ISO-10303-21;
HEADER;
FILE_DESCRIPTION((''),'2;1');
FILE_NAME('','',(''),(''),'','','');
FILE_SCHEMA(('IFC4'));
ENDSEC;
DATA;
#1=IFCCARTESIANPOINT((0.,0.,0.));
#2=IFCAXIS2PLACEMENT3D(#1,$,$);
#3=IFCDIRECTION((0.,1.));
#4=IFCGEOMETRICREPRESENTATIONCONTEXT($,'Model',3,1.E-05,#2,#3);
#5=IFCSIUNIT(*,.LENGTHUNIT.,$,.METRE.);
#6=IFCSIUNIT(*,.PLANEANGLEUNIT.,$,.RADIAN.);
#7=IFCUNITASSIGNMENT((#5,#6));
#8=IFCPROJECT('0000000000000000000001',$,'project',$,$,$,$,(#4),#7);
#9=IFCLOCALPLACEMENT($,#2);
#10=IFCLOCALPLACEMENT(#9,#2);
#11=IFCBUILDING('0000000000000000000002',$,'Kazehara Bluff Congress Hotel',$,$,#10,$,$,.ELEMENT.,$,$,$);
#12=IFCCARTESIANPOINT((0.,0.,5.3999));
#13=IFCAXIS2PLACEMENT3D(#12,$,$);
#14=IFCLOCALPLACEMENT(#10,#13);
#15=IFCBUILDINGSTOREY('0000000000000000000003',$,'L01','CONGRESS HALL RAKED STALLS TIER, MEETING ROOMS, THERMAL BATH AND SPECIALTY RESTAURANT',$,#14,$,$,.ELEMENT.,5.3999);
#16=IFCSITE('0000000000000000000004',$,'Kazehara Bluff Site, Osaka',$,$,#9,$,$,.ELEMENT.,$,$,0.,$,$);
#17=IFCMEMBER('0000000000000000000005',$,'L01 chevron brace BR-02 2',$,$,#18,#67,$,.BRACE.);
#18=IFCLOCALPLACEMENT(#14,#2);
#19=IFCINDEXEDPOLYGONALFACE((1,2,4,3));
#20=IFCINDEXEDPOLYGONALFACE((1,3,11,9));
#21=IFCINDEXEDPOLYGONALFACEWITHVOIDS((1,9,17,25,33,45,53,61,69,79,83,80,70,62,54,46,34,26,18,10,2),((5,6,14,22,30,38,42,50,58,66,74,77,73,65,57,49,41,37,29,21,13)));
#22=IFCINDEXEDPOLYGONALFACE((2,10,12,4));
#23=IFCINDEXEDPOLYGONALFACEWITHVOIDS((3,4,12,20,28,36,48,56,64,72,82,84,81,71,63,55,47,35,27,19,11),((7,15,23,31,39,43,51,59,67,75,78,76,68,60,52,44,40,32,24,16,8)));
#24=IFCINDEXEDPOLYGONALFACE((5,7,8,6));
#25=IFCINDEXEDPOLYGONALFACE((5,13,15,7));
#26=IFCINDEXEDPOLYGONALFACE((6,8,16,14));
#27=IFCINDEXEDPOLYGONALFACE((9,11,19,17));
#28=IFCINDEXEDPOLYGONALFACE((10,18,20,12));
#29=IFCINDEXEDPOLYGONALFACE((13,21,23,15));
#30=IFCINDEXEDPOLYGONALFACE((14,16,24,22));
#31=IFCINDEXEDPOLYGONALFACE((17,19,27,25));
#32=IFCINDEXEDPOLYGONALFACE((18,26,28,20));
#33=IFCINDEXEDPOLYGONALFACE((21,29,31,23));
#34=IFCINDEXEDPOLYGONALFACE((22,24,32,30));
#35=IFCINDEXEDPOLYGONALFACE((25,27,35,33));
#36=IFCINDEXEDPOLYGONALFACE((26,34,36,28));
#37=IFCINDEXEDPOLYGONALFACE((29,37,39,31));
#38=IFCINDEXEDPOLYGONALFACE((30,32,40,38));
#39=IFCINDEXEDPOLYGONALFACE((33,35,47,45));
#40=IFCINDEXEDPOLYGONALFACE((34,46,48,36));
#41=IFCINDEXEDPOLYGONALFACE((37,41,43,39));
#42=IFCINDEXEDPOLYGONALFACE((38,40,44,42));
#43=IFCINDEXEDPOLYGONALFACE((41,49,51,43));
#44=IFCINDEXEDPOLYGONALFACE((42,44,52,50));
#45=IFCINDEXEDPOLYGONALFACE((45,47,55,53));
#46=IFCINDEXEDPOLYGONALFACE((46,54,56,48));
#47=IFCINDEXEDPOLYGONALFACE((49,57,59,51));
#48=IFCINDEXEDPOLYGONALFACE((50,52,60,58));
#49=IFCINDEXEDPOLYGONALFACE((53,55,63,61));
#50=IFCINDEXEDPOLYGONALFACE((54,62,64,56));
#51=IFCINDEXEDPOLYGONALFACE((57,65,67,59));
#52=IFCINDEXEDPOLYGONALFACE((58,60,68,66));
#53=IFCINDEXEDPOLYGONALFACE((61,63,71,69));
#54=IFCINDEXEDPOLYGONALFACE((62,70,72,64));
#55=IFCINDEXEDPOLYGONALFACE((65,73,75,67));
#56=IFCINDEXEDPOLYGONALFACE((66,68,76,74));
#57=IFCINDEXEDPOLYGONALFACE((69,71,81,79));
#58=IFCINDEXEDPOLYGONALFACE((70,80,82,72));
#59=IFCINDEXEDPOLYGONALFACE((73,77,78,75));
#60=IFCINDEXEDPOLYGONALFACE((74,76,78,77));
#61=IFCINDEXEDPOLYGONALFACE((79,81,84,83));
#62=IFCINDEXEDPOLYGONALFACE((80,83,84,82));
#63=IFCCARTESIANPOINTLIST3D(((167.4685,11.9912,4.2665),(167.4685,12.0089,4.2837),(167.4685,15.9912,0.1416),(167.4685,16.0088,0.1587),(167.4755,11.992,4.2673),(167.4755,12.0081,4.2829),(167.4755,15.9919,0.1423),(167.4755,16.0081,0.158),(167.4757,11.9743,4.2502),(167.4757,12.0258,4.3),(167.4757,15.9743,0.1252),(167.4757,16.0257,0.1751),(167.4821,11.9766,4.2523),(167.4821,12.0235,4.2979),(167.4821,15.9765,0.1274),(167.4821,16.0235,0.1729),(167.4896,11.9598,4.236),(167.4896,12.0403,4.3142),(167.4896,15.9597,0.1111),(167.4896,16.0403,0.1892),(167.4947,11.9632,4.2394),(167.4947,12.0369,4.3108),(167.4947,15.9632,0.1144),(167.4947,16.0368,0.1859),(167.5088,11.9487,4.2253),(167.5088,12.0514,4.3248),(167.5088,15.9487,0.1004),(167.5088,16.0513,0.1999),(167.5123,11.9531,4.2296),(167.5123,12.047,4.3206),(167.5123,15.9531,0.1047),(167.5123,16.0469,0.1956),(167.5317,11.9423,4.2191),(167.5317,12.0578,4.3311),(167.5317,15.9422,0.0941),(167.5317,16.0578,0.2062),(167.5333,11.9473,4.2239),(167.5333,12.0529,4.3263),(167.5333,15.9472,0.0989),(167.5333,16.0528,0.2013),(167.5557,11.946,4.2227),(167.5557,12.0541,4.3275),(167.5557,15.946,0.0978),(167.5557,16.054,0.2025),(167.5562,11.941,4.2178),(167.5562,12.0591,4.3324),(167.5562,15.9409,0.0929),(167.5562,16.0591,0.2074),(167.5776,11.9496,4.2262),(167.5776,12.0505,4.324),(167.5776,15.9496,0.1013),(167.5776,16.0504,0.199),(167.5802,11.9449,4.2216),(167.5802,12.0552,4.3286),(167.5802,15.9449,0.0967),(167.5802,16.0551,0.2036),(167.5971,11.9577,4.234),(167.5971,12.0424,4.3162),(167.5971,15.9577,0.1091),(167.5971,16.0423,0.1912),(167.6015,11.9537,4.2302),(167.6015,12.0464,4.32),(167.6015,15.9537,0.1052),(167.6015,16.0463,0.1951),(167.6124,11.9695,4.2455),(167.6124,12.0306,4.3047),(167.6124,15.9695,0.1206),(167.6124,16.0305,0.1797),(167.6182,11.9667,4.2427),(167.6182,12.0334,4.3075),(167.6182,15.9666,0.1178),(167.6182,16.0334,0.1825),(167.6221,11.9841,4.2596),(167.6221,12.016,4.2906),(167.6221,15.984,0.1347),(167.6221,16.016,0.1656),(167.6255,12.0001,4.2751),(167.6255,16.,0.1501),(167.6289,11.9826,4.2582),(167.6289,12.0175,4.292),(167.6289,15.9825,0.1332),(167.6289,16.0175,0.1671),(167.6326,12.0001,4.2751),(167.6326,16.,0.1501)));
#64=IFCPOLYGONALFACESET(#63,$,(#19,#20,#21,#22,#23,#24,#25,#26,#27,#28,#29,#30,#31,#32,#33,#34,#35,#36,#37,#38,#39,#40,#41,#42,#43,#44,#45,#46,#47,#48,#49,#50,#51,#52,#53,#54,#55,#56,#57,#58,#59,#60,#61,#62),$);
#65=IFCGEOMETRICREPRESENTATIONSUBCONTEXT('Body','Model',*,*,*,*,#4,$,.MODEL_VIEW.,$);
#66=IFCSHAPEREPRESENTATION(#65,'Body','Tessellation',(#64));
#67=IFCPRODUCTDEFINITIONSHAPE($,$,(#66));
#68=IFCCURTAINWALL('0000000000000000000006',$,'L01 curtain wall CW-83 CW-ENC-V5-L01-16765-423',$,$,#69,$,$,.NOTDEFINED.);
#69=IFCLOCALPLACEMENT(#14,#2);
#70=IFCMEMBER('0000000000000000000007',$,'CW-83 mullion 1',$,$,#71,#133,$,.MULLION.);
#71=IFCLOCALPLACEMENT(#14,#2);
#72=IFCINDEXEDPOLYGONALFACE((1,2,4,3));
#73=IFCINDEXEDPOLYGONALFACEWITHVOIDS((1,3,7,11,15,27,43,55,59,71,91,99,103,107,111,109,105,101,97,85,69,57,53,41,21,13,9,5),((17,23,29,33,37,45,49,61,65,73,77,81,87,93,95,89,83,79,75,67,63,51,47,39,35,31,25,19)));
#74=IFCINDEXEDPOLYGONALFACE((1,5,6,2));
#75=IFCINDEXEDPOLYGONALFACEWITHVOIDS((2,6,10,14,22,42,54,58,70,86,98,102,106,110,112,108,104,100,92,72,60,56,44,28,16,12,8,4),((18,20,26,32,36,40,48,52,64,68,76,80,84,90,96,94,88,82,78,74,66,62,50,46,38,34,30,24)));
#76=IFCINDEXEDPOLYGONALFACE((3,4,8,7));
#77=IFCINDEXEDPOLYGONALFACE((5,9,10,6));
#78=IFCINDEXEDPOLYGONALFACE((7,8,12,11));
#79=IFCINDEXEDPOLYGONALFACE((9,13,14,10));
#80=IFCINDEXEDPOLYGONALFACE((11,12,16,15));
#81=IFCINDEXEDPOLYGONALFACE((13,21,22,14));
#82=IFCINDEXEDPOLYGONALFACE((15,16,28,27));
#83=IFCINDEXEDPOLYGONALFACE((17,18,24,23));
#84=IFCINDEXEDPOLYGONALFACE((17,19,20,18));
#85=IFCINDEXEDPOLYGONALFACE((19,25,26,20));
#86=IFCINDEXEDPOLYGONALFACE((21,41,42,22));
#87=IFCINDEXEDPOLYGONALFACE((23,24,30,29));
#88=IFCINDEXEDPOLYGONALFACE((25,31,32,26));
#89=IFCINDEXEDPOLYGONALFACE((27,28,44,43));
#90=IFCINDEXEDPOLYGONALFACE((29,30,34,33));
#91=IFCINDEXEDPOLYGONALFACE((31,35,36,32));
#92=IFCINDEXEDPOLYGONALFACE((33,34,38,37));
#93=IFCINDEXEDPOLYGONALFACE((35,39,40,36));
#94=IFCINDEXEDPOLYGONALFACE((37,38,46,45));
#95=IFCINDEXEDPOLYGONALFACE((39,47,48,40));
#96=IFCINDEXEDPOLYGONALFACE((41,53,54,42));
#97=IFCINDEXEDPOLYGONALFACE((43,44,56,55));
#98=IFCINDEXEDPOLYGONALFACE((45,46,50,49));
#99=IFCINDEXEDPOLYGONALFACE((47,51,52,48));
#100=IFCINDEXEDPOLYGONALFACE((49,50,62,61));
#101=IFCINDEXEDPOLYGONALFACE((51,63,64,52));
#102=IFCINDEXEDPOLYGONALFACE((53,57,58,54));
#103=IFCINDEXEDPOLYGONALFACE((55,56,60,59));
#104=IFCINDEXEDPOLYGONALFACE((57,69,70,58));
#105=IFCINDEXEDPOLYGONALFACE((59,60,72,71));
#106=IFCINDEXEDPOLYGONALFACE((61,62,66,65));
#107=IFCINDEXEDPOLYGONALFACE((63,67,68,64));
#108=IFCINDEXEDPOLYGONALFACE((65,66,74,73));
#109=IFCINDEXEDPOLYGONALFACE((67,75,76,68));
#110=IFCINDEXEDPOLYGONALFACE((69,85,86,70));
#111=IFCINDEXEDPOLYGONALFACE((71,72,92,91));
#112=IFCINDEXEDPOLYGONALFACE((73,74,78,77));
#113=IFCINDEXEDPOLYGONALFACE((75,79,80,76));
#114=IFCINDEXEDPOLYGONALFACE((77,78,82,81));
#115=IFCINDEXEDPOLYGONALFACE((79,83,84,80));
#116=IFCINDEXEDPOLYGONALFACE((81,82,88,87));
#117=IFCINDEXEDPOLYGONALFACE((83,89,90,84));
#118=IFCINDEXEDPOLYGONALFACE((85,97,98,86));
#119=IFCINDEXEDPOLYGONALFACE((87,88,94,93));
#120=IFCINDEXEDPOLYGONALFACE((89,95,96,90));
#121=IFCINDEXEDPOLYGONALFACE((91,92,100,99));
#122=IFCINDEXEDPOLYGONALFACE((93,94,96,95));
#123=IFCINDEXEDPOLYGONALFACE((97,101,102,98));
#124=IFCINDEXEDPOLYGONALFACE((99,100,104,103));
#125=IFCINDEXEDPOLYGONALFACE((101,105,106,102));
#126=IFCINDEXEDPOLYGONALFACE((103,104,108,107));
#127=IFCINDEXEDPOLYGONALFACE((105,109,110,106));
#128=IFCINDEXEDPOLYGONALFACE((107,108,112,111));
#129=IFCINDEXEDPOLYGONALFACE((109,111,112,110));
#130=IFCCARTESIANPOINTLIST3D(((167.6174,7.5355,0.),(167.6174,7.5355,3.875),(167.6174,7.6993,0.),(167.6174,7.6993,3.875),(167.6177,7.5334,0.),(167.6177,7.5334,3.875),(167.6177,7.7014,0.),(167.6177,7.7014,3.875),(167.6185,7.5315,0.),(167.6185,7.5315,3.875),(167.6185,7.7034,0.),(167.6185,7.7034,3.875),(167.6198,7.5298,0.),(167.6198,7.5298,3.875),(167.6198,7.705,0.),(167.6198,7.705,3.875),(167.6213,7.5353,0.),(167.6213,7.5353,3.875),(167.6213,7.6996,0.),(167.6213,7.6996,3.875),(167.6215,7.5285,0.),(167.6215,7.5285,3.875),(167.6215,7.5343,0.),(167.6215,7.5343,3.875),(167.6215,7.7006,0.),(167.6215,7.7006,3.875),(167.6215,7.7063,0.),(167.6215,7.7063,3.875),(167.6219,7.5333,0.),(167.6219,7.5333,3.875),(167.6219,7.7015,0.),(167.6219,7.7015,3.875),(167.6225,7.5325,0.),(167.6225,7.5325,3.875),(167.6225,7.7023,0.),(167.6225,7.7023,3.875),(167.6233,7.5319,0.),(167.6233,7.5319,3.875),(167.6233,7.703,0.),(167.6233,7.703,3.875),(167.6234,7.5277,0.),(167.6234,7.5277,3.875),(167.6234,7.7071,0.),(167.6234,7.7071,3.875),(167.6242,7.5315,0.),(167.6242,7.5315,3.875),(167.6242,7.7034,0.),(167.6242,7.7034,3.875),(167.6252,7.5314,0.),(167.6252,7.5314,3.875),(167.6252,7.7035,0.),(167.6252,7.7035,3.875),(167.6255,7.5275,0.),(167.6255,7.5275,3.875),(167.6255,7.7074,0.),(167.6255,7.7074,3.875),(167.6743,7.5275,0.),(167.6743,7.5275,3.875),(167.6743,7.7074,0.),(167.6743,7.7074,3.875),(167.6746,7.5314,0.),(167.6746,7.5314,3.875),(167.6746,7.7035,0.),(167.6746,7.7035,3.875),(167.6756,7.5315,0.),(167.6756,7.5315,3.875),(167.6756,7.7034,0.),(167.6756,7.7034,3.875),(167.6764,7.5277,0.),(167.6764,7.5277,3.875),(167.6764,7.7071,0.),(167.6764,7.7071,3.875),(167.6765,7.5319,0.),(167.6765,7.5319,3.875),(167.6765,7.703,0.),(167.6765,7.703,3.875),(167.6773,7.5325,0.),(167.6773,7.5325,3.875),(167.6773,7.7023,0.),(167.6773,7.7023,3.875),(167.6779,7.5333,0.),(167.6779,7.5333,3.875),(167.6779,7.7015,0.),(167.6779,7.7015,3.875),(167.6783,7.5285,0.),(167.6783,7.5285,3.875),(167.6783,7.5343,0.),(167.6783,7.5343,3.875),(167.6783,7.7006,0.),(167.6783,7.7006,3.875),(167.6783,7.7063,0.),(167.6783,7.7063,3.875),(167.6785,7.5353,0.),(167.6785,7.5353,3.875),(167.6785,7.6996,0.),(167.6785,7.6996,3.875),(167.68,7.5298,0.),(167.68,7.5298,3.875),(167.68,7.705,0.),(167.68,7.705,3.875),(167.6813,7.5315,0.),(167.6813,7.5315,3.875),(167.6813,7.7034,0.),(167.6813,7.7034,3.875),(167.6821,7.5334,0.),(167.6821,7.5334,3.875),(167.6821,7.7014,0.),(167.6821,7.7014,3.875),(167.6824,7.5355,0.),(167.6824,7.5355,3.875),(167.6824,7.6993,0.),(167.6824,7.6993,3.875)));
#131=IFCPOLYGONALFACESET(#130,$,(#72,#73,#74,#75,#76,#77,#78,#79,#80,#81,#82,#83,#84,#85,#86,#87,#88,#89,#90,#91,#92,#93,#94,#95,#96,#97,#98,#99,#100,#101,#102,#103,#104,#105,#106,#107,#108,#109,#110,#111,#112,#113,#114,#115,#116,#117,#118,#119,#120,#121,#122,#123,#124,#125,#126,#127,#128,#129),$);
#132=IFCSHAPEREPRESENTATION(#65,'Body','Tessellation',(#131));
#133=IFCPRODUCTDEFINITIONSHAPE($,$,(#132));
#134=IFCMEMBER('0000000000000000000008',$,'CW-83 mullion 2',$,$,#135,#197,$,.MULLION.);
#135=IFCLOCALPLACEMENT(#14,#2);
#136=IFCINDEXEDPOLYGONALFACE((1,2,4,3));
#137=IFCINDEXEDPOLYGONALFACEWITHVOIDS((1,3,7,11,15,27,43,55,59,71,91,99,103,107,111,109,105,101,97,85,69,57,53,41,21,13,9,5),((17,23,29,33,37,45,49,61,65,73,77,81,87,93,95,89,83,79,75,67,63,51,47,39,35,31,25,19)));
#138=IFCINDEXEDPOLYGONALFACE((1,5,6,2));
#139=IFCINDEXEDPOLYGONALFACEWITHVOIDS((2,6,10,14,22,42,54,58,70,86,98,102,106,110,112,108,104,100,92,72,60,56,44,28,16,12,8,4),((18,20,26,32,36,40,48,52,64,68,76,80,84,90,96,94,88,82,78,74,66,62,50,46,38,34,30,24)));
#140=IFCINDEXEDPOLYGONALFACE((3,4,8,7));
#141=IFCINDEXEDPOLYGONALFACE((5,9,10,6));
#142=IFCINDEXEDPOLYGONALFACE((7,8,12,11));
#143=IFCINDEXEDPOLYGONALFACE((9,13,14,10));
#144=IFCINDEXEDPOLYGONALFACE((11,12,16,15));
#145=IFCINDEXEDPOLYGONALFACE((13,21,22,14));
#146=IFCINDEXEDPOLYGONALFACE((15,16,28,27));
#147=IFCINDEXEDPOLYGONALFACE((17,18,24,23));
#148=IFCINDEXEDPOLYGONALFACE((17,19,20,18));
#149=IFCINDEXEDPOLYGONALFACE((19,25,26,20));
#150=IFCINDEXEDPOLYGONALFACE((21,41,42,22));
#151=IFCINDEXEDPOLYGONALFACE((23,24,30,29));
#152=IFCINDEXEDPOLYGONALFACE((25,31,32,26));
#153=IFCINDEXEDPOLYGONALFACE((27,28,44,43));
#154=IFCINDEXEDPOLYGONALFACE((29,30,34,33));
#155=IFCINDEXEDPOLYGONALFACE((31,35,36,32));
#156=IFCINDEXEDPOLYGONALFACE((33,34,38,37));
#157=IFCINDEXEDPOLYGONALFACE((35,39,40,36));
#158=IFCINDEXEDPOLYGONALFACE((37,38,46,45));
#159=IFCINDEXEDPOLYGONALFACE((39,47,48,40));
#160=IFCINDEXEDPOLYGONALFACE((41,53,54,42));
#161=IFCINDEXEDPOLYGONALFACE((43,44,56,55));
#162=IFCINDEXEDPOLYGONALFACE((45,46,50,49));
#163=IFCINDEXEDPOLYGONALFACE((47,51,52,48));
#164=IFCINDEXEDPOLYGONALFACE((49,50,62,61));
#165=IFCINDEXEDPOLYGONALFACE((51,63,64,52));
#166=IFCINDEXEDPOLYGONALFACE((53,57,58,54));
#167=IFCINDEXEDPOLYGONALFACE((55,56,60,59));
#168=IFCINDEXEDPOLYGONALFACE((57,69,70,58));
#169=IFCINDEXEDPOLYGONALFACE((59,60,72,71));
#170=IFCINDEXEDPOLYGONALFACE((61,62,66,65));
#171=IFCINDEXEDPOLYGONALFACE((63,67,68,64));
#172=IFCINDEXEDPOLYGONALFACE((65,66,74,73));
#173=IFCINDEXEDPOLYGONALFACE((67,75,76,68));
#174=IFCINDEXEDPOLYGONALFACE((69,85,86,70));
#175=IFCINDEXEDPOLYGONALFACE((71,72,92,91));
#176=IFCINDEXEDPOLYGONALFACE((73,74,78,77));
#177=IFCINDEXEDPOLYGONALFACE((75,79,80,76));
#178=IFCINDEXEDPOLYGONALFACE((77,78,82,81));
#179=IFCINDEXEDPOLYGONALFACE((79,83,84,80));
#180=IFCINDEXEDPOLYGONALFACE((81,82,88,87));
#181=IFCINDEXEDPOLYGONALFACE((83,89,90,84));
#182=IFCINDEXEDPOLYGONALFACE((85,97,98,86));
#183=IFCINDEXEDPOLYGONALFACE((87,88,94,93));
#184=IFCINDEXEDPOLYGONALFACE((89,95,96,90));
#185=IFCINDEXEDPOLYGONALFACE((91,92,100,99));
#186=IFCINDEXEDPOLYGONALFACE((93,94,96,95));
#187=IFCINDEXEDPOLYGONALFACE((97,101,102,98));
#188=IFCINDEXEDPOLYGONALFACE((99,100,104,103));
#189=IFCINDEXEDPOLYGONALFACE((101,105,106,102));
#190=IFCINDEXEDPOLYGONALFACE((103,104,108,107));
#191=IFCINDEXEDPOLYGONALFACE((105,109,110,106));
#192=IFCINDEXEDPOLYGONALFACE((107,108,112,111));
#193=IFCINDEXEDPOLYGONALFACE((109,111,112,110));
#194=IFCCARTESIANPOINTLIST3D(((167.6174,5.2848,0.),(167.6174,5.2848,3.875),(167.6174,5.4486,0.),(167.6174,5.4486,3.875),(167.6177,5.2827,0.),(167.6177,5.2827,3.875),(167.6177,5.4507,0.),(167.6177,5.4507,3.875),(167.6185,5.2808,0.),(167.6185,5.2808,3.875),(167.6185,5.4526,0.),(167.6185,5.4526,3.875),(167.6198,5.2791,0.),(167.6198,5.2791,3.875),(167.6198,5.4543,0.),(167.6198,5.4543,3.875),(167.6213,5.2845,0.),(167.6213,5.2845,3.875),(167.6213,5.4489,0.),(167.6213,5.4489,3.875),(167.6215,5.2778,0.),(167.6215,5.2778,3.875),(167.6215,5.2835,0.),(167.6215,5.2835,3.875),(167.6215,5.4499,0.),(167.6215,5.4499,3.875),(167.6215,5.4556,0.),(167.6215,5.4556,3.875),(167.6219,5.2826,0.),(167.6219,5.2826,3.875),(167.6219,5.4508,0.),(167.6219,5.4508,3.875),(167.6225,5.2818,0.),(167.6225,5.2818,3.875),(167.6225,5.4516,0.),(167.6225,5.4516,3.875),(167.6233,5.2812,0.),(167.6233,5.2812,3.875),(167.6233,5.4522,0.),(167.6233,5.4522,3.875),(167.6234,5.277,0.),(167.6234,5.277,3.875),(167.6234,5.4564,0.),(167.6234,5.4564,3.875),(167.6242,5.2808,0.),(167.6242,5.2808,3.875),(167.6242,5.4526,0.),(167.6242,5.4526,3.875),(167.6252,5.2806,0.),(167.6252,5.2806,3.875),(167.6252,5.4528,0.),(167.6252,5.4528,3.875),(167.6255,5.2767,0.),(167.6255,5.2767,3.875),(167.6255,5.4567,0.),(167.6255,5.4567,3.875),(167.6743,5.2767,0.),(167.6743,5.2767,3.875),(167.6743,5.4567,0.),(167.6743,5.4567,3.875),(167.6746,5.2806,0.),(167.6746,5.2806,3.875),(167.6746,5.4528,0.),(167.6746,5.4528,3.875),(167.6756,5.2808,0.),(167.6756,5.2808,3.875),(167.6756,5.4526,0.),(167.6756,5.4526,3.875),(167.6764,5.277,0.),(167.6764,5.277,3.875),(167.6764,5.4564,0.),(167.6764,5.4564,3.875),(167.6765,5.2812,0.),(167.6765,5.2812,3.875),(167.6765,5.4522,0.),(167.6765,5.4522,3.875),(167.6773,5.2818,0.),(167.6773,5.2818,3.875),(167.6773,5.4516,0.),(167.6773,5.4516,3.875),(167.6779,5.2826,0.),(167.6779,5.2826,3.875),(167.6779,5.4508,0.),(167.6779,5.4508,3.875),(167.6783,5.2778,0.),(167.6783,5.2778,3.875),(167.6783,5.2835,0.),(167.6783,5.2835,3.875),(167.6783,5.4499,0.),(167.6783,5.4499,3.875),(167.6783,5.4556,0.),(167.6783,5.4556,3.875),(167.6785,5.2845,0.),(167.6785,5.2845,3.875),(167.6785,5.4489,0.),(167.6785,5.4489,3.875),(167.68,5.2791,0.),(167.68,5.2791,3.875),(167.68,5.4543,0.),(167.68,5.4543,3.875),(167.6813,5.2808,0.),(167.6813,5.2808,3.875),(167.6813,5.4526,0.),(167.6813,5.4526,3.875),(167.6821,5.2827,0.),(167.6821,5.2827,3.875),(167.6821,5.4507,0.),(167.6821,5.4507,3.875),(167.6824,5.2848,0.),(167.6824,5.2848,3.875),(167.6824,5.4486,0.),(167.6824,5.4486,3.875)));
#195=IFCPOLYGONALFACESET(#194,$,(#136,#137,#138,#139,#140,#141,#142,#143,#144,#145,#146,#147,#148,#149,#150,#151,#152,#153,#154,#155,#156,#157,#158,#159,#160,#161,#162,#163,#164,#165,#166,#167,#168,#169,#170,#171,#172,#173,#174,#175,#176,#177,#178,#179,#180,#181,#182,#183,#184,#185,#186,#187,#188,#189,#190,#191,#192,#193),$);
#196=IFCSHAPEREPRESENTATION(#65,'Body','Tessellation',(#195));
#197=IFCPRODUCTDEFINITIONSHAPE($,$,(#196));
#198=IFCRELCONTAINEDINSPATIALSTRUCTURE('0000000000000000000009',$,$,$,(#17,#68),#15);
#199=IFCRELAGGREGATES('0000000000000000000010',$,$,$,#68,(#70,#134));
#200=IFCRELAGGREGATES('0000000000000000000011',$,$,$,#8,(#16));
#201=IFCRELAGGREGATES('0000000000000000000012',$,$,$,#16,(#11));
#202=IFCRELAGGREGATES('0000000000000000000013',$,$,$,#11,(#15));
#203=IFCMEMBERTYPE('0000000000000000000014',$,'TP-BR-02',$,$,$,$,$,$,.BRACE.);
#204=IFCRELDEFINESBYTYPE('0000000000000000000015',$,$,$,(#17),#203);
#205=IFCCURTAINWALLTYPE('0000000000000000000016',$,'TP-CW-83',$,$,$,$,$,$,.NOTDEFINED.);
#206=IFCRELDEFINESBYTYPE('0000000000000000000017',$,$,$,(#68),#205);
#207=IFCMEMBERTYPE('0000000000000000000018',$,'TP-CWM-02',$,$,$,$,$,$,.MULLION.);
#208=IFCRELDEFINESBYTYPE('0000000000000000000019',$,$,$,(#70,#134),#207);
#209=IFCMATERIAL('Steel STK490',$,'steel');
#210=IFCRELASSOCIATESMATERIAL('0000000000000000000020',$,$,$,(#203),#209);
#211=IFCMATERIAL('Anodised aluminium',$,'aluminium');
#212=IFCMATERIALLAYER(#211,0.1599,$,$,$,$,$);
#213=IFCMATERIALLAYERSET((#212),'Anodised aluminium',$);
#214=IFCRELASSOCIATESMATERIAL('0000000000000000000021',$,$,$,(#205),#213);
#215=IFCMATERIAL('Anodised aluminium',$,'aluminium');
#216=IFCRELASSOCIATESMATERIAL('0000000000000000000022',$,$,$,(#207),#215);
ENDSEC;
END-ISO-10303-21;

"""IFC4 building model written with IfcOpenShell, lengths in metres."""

from ifc_helpers import new_model, si_unit, direction, frame, origin, origin_2d, place, context, subcontext, project, spatial, hollow_rectangle, hollow_circle, extrude, material, layer, layer_set, material_profile, profile_set, type_object, element, aggregate, save


model = new_model("IFC4")

# Units and contexts
model_context = context("Model", 3, precision=1e-05, world=origin(), true_north=direction((0.0, 1.0)))
body_context = subcontext(model_context, "Body", "Model", "MODEL_VIEW")
ifc_project = project(units=[si_unit("LENGTHUNIT", "METRE"), si_unit("PLANEANGLEUNIT", "RADIAN")], contexts=[model_context])

# Site, building, storey
site_placement = place(None, origin())
site = spatial("IfcSite", under=ifc_project, at=site_placement, Name="Kazehara Bluff Site, Osaka", CompositionType="ELEMENT", RefElevation=0.0)
building_placement = place(site_placement, origin())
building = spatial("IfcBuilding", under=site, at=building_placement, Name="Kazehara Bluff Congress Hotel", CompositionType="ELEMENT")
storey_placement = place(building_placement, frame((0.0, 0.0, 5.3999)))
storey = spatial("IfcBuildingStorey", under=building, at=storey_placement, Name="L01", Description="CONGRESS HALL RAKED STALLS TIER, MEETING ROOMS, THERMAL BATH AND SPECIALTY RESTAURANT", CompositionType="ELEMENT", Elevation=5.3999)

# Member
ifc_material_1 = material(Name="Steel STK490", Category="steel")
ifc_material_profile_1 = material_profile(ifc_material_1, hollow_circle(Radius=0.0825, WallThickness=0.0071, at=origin_2d()))
ifc_profile_set_1 = profile_set([ifc_material_profile_1], Name="Steel STK490")
member_type_1 = type_object("IfcMemberType", Name="TP-BR-02", PredefinedType="BRACE", material=ifc_profile_set_1)
for number, where, z_axis, x_axis, name in (
    (1, (167.55, 16.0, 0.1501), (0.0, -0.696146, 0.7179), (1.0, 0.0, 0.0), "L01 chevron brace BR-02 2"),
):
    element("IfcMember", number, at=place(storey_placement, frame(where, z_axis=z_axis, x_axis=x_axis)), inside=storey, type_object=member_type_1, Name=name, PredefinedType="BRACE", context=body_context, shape_type="SweptSolid", body=[
        extrude(hollow_circle(Radius=0.0825, WallThickness=0.0071, at=origin_2d()), origin(), (0.0, 0.0, 1.0), 5.7458),
    ])

# Curtain wall, members
ifc_material_2 = material(Name="Anodised aluminium", Category="aluminium")
ifc_layer_1 = layer(ifc_material_2, 0.1599)
ifc_layer_set_1 = layer_set([ifc_layer_1], Name="Anodised aluminium")
curtain_wall_type_1 = type_object("IfcCurtainWallType", Name="TP-CW-83", PredefinedType="NOTDEFINED", material=ifc_layer_set_1)
curtain_wall_1_placement = place(storey_placement, origin())
curtain_wall_1 = element("IfcCurtainWall", 2, at=curtain_wall_1_placement, inside=storey, type_object=curtain_wall_type_1, Name="L01 curtain wall CW-83 CW-ENC-V5-L01-16765-423", PredefinedType="NOTDEFINED")
ifc_material_3 = material(Name="Anodised aluminium", Category="aluminium")
ifc_material_profile_2 = material_profile(ifc_material_3, hollow_rectangle(XDim=0.0649, YDim=0.1799, WallThickness=0.0039, InnerFilletRadius=0.0039, OuterFilletRadius=0.0081, at=origin_2d()))
ifc_profile_set_2 = profile_set([ifc_material_profile_2], Name="Anodised aluminium")
member_type_2 = type_object("IfcMemberType", Name="TP-CWM-02", PredefinedType="MULLION", material=ifc_profile_set_2)
member_1_placement = place(storey_placement, frame((167.6499, 7.6174, 0.0), z_axis=(0.0, 0.0, 1.0), x_axis=(1.0, 0.0, 0.0)))
member_1 = element("IfcMember", 3, at=member_1_placement, type_object=member_type_2, Name="CW-83 mullion 1", PredefinedType="MULLION", context=body_context, shape_type="SweptSolid", body=[
    extrude(hollow_rectangle(XDim=0.0649, YDim=0.1799, WallThickness=0.0039, InnerFilletRadius=0.0039, OuterFilletRadius=0.0081, at=origin_2d()), origin(), (0.0, 0.0, 1.0), 3.875),
])
member_2_placement = place(storey_placement, frame((167.6499, 5.3667, 0.0), z_axis=(0.0, 0.0, 1.0), x_axis=(1.0, 0.0, 0.0)))
member_2 = element("IfcMember", 4, at=member_2_placement, type_object=member_type_2, Name="CW-83 mullion 2", PredefinedType="MULLION", context=body_context, shape_type="SweptSolid", body=[
    extrude(hollow_rectangle(XDim=0.0649, YDim=0.1799, WallThickness=0.0039, InnerFilletRadius=0.0039, OuterFilletRadius=0.0081, at=origin_2d()), origin(), (0.0, 0.0, 1.0), 3.875),
])

aggregate(curtain_wall_1, [member_1, member_2])

save(model, "model.ifc")
